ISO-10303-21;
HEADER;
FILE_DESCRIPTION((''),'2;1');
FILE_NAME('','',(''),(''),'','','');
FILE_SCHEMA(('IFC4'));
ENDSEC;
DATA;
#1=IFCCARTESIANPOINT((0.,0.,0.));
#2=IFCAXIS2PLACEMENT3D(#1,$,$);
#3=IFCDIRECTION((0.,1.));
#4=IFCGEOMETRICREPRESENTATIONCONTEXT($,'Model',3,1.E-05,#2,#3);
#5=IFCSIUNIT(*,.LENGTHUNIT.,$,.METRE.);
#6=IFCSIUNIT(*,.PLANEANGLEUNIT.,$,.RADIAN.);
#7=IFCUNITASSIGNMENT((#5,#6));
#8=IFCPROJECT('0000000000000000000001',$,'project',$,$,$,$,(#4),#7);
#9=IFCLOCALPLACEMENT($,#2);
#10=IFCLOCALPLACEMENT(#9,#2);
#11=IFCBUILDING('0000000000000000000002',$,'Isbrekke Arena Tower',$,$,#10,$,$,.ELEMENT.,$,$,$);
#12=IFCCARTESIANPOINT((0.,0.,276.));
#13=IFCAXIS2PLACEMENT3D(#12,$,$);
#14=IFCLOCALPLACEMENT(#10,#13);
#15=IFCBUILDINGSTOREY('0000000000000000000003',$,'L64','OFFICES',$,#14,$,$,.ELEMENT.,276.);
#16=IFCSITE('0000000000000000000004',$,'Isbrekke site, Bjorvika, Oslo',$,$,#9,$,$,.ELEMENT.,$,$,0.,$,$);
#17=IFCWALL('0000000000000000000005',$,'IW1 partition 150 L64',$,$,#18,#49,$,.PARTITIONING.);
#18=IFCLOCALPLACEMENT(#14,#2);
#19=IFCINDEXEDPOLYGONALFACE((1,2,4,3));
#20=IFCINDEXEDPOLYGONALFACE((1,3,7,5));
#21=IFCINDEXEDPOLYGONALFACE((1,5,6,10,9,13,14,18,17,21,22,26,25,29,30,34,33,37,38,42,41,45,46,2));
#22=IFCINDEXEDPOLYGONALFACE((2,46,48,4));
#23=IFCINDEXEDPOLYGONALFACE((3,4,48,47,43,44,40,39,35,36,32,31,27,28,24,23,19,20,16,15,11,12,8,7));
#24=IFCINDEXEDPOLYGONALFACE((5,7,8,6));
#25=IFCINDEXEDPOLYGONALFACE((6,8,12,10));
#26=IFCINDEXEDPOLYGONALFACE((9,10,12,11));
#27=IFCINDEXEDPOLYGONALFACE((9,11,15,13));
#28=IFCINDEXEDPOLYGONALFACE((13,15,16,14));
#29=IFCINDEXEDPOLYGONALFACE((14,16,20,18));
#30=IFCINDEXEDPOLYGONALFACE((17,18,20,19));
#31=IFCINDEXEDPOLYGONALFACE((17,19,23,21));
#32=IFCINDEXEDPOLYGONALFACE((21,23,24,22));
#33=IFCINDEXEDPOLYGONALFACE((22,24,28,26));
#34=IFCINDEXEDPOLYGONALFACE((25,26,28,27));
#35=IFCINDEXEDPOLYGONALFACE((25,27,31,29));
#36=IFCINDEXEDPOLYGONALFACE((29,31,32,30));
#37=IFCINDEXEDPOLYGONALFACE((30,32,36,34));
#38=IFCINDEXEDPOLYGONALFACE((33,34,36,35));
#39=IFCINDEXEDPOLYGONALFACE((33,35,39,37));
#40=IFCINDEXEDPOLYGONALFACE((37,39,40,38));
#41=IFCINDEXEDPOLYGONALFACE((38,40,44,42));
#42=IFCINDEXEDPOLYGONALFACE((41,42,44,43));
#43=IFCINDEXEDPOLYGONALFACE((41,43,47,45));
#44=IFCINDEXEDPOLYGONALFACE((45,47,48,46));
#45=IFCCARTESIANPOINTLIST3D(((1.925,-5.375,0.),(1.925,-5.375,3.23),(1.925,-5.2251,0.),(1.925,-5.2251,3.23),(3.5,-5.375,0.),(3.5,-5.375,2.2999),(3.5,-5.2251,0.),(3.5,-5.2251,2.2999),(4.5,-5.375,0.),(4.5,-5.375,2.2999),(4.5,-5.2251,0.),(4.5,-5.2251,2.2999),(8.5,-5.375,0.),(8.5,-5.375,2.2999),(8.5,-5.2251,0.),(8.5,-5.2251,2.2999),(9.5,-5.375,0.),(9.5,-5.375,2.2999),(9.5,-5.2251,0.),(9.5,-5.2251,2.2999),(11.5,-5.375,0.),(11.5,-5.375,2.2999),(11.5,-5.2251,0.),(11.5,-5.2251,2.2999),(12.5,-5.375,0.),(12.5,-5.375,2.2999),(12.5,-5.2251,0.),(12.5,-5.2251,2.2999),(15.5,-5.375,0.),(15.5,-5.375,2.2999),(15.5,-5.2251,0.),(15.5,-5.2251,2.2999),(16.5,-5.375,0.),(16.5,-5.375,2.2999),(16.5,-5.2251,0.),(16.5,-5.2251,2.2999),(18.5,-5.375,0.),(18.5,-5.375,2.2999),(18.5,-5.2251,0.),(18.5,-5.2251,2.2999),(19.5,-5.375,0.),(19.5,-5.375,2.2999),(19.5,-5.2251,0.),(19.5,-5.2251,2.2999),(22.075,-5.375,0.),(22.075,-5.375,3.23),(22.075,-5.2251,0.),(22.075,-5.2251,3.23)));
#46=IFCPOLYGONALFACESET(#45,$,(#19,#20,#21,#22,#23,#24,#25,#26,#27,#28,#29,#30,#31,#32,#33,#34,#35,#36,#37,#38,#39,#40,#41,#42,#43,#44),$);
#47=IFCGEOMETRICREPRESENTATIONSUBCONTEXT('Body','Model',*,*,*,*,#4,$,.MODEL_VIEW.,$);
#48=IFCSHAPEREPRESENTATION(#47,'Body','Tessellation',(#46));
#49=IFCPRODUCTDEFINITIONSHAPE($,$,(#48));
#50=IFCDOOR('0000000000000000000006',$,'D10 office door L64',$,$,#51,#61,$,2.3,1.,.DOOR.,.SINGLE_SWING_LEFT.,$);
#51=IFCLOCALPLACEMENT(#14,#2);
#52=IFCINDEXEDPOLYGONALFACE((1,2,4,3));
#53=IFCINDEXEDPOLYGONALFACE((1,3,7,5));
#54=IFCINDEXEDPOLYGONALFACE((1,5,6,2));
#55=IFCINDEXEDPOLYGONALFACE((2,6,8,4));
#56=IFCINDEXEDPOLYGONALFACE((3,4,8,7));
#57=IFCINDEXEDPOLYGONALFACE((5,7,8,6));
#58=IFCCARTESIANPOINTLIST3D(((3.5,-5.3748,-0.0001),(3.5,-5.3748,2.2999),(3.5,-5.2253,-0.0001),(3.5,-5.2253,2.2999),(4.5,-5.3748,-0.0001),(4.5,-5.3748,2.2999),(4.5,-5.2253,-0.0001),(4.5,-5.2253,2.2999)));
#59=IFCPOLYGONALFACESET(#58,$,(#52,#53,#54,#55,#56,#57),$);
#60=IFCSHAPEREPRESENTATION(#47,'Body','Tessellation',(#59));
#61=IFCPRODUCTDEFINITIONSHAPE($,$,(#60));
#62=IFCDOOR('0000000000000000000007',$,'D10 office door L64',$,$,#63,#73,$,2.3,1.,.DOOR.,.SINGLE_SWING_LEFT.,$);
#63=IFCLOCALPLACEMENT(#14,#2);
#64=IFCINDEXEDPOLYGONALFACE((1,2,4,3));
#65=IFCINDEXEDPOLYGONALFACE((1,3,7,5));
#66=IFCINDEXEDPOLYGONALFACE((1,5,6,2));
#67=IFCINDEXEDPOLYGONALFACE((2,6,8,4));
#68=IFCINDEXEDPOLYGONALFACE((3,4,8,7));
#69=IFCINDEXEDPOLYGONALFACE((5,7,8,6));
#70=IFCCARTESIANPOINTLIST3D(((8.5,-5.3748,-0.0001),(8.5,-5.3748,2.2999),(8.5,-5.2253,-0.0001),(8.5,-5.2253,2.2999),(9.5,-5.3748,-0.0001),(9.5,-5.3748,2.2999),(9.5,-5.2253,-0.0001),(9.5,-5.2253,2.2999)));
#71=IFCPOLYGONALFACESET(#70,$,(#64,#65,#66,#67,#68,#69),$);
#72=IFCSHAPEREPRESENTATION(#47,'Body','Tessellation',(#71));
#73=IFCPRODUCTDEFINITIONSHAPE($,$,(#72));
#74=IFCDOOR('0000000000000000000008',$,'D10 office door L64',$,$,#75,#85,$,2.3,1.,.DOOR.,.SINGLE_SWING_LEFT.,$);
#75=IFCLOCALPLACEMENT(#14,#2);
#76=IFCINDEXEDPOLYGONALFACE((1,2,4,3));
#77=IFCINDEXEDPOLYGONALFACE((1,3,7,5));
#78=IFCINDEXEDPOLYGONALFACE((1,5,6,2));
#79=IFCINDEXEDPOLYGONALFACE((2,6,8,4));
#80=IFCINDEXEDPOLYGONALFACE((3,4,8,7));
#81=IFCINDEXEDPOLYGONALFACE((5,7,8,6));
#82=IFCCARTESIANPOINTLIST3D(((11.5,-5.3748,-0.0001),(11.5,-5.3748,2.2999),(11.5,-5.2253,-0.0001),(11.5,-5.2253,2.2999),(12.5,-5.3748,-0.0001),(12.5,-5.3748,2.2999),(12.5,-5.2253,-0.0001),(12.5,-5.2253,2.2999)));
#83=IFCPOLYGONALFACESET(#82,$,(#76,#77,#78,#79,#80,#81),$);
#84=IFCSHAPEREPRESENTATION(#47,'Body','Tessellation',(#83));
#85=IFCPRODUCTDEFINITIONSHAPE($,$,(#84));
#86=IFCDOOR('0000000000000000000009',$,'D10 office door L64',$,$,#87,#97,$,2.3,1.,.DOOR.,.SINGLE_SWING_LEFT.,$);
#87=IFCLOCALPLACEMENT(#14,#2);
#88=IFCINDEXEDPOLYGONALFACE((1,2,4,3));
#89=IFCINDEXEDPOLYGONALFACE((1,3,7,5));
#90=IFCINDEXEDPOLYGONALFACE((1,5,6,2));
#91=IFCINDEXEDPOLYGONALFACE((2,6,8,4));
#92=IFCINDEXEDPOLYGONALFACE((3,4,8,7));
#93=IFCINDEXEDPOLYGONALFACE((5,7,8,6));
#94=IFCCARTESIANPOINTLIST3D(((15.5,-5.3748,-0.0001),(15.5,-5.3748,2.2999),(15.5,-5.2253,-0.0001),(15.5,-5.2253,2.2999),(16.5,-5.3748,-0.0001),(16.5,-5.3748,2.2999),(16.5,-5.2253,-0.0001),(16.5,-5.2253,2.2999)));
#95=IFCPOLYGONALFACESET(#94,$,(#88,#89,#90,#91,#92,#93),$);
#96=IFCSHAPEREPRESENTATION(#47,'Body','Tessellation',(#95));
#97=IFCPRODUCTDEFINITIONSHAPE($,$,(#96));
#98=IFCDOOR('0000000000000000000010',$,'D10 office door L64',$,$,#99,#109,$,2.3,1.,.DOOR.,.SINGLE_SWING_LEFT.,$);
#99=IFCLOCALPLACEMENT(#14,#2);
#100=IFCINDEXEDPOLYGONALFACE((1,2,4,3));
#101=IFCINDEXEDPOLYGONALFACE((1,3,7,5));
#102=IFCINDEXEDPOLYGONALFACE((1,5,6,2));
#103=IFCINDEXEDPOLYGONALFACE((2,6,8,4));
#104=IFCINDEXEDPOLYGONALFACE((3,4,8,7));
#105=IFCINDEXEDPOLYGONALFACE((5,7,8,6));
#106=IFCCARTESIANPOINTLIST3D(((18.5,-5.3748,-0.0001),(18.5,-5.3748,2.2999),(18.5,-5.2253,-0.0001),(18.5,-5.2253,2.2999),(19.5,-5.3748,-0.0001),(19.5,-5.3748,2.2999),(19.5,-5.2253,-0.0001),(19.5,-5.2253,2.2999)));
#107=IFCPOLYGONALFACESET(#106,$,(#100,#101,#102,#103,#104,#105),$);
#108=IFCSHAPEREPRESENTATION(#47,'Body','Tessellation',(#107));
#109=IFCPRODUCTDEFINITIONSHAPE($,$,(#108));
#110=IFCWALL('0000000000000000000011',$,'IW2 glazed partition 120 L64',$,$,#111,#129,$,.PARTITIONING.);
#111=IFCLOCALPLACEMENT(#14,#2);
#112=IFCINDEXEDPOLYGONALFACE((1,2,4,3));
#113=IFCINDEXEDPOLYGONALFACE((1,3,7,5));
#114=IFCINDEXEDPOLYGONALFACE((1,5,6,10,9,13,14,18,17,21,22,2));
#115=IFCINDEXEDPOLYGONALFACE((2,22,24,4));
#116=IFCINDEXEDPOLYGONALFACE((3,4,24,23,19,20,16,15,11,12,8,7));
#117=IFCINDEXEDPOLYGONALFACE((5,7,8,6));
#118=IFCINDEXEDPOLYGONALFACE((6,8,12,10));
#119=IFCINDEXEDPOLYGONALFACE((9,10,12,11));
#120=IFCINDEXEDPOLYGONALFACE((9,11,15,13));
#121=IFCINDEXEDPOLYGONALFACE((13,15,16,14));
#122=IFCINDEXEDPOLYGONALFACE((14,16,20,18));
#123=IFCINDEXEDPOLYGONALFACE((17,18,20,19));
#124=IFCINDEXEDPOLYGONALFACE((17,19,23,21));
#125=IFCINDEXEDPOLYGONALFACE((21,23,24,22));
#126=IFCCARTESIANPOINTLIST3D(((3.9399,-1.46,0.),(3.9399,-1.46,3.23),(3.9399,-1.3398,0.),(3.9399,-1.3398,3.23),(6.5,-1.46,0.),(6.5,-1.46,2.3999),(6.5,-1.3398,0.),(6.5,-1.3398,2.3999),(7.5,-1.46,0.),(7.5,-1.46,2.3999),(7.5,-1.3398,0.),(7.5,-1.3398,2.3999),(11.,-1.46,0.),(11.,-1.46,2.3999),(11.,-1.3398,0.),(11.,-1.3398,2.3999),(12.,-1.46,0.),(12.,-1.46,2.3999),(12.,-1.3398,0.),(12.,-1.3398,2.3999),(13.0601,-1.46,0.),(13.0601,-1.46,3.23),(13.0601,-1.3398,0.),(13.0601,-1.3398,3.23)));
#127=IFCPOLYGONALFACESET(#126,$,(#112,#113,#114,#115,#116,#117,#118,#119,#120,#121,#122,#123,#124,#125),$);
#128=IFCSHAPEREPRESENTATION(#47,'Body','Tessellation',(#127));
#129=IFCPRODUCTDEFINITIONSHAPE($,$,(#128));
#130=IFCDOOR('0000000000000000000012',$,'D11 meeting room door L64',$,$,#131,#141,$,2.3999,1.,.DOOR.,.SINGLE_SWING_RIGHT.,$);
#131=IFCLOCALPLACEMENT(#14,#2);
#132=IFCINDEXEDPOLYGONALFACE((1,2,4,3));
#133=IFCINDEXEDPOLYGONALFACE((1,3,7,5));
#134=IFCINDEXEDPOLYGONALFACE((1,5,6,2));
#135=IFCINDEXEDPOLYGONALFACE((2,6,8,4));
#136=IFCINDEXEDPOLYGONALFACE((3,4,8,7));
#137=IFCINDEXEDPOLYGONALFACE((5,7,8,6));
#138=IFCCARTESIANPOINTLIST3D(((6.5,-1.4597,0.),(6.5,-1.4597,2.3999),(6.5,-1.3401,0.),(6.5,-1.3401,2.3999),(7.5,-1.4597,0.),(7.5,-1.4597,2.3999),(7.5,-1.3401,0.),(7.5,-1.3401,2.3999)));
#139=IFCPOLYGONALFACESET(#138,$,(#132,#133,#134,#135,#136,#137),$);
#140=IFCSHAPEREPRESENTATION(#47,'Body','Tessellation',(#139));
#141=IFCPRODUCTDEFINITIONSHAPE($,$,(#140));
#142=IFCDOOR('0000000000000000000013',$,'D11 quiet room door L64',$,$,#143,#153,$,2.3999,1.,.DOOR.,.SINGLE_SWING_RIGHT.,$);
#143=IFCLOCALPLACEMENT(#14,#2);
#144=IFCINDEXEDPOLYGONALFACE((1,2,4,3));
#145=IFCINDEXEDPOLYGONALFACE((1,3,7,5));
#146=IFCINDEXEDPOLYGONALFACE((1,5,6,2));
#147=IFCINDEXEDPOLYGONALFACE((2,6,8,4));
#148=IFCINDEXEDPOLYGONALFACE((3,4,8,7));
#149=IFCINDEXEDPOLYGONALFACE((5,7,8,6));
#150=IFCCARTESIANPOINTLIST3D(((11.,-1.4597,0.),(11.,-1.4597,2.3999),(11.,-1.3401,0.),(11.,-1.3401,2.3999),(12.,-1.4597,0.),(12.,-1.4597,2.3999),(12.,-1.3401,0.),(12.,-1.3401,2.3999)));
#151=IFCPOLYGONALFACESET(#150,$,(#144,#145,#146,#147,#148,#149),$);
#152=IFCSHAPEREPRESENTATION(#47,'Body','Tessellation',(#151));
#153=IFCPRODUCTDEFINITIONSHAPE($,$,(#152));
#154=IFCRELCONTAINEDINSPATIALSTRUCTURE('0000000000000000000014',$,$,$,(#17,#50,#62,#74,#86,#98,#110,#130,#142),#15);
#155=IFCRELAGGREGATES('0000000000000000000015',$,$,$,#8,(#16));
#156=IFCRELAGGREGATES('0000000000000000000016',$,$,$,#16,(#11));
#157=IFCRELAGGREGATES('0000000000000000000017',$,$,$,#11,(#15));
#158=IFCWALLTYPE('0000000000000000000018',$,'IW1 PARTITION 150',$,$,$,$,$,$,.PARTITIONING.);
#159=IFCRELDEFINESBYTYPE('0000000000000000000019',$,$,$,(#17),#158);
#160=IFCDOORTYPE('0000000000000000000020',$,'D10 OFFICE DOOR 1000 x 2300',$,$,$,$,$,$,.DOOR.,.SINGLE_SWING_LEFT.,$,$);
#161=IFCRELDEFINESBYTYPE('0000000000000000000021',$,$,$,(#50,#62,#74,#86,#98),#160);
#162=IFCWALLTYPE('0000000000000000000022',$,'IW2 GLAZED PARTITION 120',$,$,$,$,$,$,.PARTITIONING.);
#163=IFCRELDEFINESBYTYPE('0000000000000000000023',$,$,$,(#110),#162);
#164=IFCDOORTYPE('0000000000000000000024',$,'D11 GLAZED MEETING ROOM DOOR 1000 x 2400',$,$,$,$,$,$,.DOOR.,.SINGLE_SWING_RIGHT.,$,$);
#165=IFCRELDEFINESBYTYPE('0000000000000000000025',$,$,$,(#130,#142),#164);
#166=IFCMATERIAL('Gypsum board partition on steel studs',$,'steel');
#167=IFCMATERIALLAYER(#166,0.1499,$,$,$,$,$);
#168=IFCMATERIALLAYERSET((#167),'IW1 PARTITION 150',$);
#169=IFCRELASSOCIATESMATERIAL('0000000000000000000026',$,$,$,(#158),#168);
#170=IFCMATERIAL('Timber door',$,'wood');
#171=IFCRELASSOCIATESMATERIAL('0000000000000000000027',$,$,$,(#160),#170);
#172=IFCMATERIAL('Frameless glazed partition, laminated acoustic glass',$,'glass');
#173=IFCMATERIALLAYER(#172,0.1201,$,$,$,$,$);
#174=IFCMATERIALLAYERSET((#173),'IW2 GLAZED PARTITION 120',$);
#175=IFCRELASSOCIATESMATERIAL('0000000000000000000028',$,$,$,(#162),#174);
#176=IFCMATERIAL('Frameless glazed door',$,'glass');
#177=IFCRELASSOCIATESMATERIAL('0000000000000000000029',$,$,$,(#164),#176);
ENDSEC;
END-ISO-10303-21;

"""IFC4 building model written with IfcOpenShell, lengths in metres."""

from ifc_helpers import new_model, si_unit, direction, frame, frame_2d, origin, place, context, subcontext, project, spatial, rectangle, extrude, material, layer, layer_set, type_object, element, fill, save


model = new_model("IFC4")

# Units and contexts
model_context = context("Model", 3, precision=1e-05, world=origin(), true_north=direction((0.0, 1.0)))
body_context = subcontext(model_context, "Body", "Model", "MODEL_VIEW")
ifc_project = project(units=[si_unit("LENGTHUNIT", "METRE"), si_unit("PLANEANGLEUNIT", "RADIAN")], contexts=[model_context])

# Site, building, storey
site_placement = place(None, origin())
site = spatial("IfcSite", under=ifc_project, at=site_placement, Name="Isbrekke site, Bjorvika, Oslo", CompositionType="ELEMENT", RefElevation=0.0)
building_placement = place(site_placement, origin())
building = spatial("IfcBuilding", under=site, at=building_placement, Name="Isbrekke Arena Tower", CompositionType="ELEMENT")
storey_placement = place(building_placement, frame((0.0, 0.0, 276.0)))
storey = spatial("IfcBuildingStorey", under=building, at=storey_placement, Name="L64", Description="OFFICES", CompositionType="ELEMENT", Elevation=276.0)

# Walls, openings, doors
ifc_material_1 = material(Name="Gypsum board partition on steel studs", Category="steel")
ifc_layer_1 = layer(ifc_material_1, 0.1499)
ifc_layer_set_1 = layer_set([ifc_layer_1], Name="IW1 PARTITION 150")
wall_type_1 = type_object("IfcWallType", Name="IW1 PARTITION 150", PredefinedType="PARTITIONING", material=ifc_layer_set_1)
wall_1_placement = place(storey_placement, frame((1.925, -5.3, 0.0), z_axis=(0.0, 0.0, 1.0), x_axis=(1.0, 0.0, 0.0)))
wall_1 = element("IfcWall", 1, at=wall_1_placement, inside=storey, type_object=wall_type_1, Name="IW1 partition 150 L64", PredefinedType="PARTITIONING", context=body_context, shape_type="SweptSolid", body=[
    extrude(rectangle(XDim=20.1499, YDim=0.1499, at=frame_2d((10.075, 0.0))), origin(), (0.0, 0.0, 1.0), 3.23),
])
opening_1_placement = place(wall_1_placement, frame((1.575, 0.0, 0.0)))
opening_1 = element("IfcOpeningElement", 2, at=opening_1_placement, cuts=wall_1, PredefinedType="OPENING", context=body_context, shape_type="SweptSolid", body=[
    extrude(rectangle(XDim=1.0, YDim=2.3, at=frame_2d((0.5, 1.1499))), frame((0.0, 0.0898, 0.0), z_axis=(0.0, -1.0, 0.0), x_axis=(1.0, 0.0, 0.0)), (0.0, 0.0, 1.0), 0.1797),
])
opening_2_placement = place(wall_1_placement, frame((6.575, 0.0, 0.0)))
opening_2 = element("IfcOpeningElement", 3, at=opening_2_placement, cuts=wall_1, PredefinedType="OPENING", context=body_context, shape_type="SweptSolid", body=[
    extrude(rectangle(XDim=1.0, YDim=2.3, at=frame_2d((0.5, 1.1499))), frame((0.0, 0.0898, 0.0), z_axis=(0.0, -1.0, 0.0), x_axis=(1.0, 0.0, 0.0)), (0.0, 0.0, 1.0), 0.1797),
])
opening_3_placement = place(wall_1_placement, frame((9.575, 0.0, 0.0)))
opening_3 = element("IfcOpeningElement", 4, at=opening_3_placement, cuts=wall_1, PredefinedType="OPENING", context=body_context, shape_type="SweptSolid", body=[
    extrude(rectangle(XDim=1.0, YDim=2.3, at=frame_2d((0.5, 1.1499))), frame((0.0, 0.0898, 0.0), z_axis=(0.0, -1.0, 0.0), x_axis=(1.0, 0.0, 0.0)), (0.0, 0.0, 1.0), 0.1797),
])
opening_4_placement = place(wall_1_placement, frame((13.575, 0.0, 0.0)))
opening_4 = element("IfcOpeningElement", 5, at=opening_4_placement, cuts=wall_1, PredefinedType="OPENING", context=body_context, shape_type="SweptSolid", body=[
    extrude(rectangle(XDim=1.0, YDim=2.3, at=frame_2d((0.5, 1.1499))), frame((0.0, 0.0898, 0.0), z_axis=(0.0, -1.0, 0.0), x_axis=(1.0, 0.0, 0.0)), (0.0, 0.0, 1.0), 0.1797),
])
opening_5_placement = place(wall_1_placement, frame((16.575, 0.0, 0.0)))
opening_5 = element("IfcOpeningElement", 6, at=opening_5_placement, cuts=wall_1, PredefinedType="OPENING", context=body_context, shape_type="SweptSolid", body=[
    extrude(rectangle(XDim=1.0, YDim=2.3, at=frame_2d((0.5, 1.1499))), frame((0.0, 0.0898, 0.0), z_axis=(0.0, -1.0, 0.0), x_axis=(1.0, 0.0, 0.0)), (0.0, 0.0, 1.0), 0.1797),
])
ifc_material_2 = material(Name="Timber door", Category="wood")
door_type_1 = type_object("IfcDoorType", Name="D10 OFFICE DOOR 1000 x 2300", OperationType="SINGLE_SWING_LEFT", PredefinedType="DOOR", material=ifc_material_2)
door_1_placement = place(opening_1_placement, origin())
door_1 = element("IfcDoor", 7, at=door_1_placement, inside=storey, type_object=door_type_1, Name="D10 office door L64", OperationType="SINGLE_SWING_LEFT", OverallHeight=2.3, OverallWidth=1.0, PredefinedType="DOOR", context=body_context, shape_type="SweptSolid", body=[
    extrude(rectangle(XDim=1.0, YDim=2.3, at=frame_2d((0.5, 1.1499))), frame((0.0, 0.0747, 0.0), z_axis=(0.0, -1.0, 0.0), x_axis=(1.0, 0.0, 0.0)), (0.0, 0.0, 1.0), 0.1494),
])
fill(opening_1, door_1)
door_2_placement = place(opening_2_placement, origin())
door_2 = element("IfcDoor", 8, at=door_2_placement, inside=storey, type_object=door_type_1, Name="D10 office door L64", OperationType="SINGLE_SWING_LEFT", OverallHeight=2.3, OverallWidth=1.0, PredefinedType="DOOR", context=body_context, shape_type="SweptSolid", body=[
    extrude(rectangle(XDim=1.0, YDim=2.3, at=frame_2d((0.5, 1.1499))), frame((0.0, 0.0747, 0.0), z_axis=(0.0, -1.0, 0.0), x_axis=(1.0, 0.0, 0.0)), (0.0, 0.0, 1.0), 0.1494),
])
fill(opening_2, door_2)
door_3_placement = place(opening_3_placement, origin())
door_3 = element("IfcDoor", 9, at=door_3_placement, inside=storey, type_object=door_type_1, Name="D10 office door L64", OperationType="SINGLE_SWING_LEFT", OverallHeight=2.3, OverallWidth=1.0, PredefinedType="DOOR", context=body_context, shape_type="SweptSolid", body=[
    extrude(rectangle(XDim=1.0, YDim=2.3, at=frame_2d((0.5, 1.1499))), frame((0.0, 0.0747, 0.0), z_axis=(0.0, -1.0, 0.0), x_axis=(1.0, 0.0, 0.0)), (0.0, 0.0, 1.0), 0.1494),
])
fill(opening_3, door_3)
door_4_placement = place(opening_4_placement, origin())
door_4 = element("IfcDoor", 10, at=door_4_placement, inside=storey, type_object=door_type_1, Name="D10 office door L64", OperationType="SINGLE_SWING_LEFT", OverallHeight=2.3, OverallWidth=1.0, PredefinedType="DOOR", context=body_context, shape_type="SweptSolid", body=[
    extrude(rectangle(XDim=1.0, YDim=2.3, at=frame_2d((0.5, 1.1499))), frame((0.0, 0.0747, 0.0), z_axis=(0.0, -1.0, 0.0), x_axis=(1.0, 0.0, 0.0)), (0.0, 0.0, 1.0), 0.1494),
])
fill(opening_4, door_4)
door_5_placement = place(opening_5_placement, origin())
door_5 = element("IfcDoor", 11, at=door_5_placement, inside=storey, type_object=door_type_1, Name="D10 office door L64", OperationType="SINGLE_SWING_LEFT", OverallHeight=2.3, OverallWidth=1.0, PredefinedType="DOOR", context=body_context, shape_type="SweptSolid", body=[
    extrude(rectangle(XDim=1.0, YDim=2.3, at=frame_2d((0.5, 1.1499))), frame((0.0, 0.0747, 0.0), z_axis=(0.0, -1.0, 0.0), x_axis=(1.0, 0.0, 0.0)), (0.0, 0.0, 1.0), 0.1494),
])
fill(opening_5, door_5)
ifc_material_3 = material(Name="Frameless glazed partition, laminated acoustic glass", Category="glass")
ifc_layer_2 = layer(ifc_material_3, 0.1201)
ifc_layer_set_2 = layer_set([ifc_layer_2], Name="IW2 GLAZED PARTITION 120")
wall_type_2 = type_object("IfcWallType", Name="IW2 GLAZED PARTITION 120", PredefinedType="PARTITIONING", material=ifc_layer_set_2)
wall_2_placement = place(storey_placement, frame((3.9399, -1.3999, 0.0), z_axis=(0.0, 0.0, 1.0), x_axis=(1.0, 0.0, 0.0)))
wall_2 = element("IfcWall", 12, at=wall_2_placement, inside=storey, type_object=wall_type_2, Name="IW2 glazed partition 120 L64", PredefinedType="PARTITIONING", context=body_context, shape_type="SweptSolid", body=[
    extrude(rectangle(XDim=9.1201, YDim=0.1201, at=frame_2d((4.5601, 0.0))), origin(), (0.0, 0.0, 1.0), 3.23),
])
opening_6_placement = place(wall_2_placement, frame((2.5601, 0.0, 0.0)))
opening_6 = element("IfcOpeningElement", 13, at=opening_6_placement, cuts=wall_2, PredefinedType="OPENING", context=body_context, shape_type="SweptSolid", body=[
    extrude(rectangle(XDim=1.0, YDim=2.3999, at=frame_2d((0.5, 1.2))), frame((0.0, 0.075, 0.0), z_axis=(0.0, -1.0, 0.0), x_axis=(1.0, 0.0, 0.0)), (0.0, 0.0, 1.0), 0.1499),
])
opening_7_placement = place(wall_2_placement, frame((7.0601, 0.0, 0.0)))
opening_7 = element("IfcOpeningElement", 14, at=opening_7_placement, cuts=wall_2, PredefinedType="OPENING", context=body_context, shape_type="SweptSolid", body=[
    extrude(rectangle(XDim=1.0, YDim=2.3999, at=frame_2d((0.5, 1.2))), frame((0.0, 0.075, 0.0), z_axis=(0.0, -1.0, 0.0), x_axis=(1.0, 0.0, 0.0)), (0.0, 0.0, 1.0), 0.1499),
])
ifc_material_4 = material(Name="Frameless glazed door", Category="glass")
door_type_2 = type_object("IfcDoorType", Name="D11 GLAZED MEETING ROOM DOOR 1000 x 2400", OperationType="SINGLE_SWING_RIGHT", PredefinedType="DOOR", material=ifc_material_4)
door_6_placement = place(opening_6_placement, origin())
door_6 = element("IfcDoor", 15, at=door_6_placement, inside=storey, type_object=door_type_2, Name="D11 meeting room door L64", OperationType="SINGLE_SWING_RIGHT", OverallHeight=2.3999, OverallWidth=1.0, PredefinedType="DOOR", context=body_context, shape_type="SweptSolid", body=[
    extrude(rectangle(XDim=1.0, YDim=2.3999, at=frame_2d((0.5, 1.2))), frame((0.0, 0.0598, 0.0), z_axis=(0.0, -1.0, 0.0), x_axis=(1.0, 0.0, 0.0)), (0.0, 0.0, 1.0), 0.1196),
])
fill(opening_6, door_6)
door_7_placement = place(opening_7_placement, origin())
door_7 = element("IfcDoor", 16, at=door_7_placement, inside=storey, type_object=door_type_2, Name="D11 quiet room door L64", OperationType="SINGLE_SWING_RIGHT", OverallHeight=2.3999, OverallWidth=1.0, PredefinedType="DOOR", context=body_context, shape_type="SweptSolid", body=[
    extrude(rectangle(XDim=1.0, YDim=2.3999, at=frame_2d((0.5, 1.2))), frame((0.0, 0.0598, 0.0), z_axis=(0.0, -1.0, 0.0), x_axis=(1.0, 0.0, 0.0)), (0.0, 0.0, 1.0), 0.1196),
])
fill(opening_7, door_7)

save(model, "model.ifc")
